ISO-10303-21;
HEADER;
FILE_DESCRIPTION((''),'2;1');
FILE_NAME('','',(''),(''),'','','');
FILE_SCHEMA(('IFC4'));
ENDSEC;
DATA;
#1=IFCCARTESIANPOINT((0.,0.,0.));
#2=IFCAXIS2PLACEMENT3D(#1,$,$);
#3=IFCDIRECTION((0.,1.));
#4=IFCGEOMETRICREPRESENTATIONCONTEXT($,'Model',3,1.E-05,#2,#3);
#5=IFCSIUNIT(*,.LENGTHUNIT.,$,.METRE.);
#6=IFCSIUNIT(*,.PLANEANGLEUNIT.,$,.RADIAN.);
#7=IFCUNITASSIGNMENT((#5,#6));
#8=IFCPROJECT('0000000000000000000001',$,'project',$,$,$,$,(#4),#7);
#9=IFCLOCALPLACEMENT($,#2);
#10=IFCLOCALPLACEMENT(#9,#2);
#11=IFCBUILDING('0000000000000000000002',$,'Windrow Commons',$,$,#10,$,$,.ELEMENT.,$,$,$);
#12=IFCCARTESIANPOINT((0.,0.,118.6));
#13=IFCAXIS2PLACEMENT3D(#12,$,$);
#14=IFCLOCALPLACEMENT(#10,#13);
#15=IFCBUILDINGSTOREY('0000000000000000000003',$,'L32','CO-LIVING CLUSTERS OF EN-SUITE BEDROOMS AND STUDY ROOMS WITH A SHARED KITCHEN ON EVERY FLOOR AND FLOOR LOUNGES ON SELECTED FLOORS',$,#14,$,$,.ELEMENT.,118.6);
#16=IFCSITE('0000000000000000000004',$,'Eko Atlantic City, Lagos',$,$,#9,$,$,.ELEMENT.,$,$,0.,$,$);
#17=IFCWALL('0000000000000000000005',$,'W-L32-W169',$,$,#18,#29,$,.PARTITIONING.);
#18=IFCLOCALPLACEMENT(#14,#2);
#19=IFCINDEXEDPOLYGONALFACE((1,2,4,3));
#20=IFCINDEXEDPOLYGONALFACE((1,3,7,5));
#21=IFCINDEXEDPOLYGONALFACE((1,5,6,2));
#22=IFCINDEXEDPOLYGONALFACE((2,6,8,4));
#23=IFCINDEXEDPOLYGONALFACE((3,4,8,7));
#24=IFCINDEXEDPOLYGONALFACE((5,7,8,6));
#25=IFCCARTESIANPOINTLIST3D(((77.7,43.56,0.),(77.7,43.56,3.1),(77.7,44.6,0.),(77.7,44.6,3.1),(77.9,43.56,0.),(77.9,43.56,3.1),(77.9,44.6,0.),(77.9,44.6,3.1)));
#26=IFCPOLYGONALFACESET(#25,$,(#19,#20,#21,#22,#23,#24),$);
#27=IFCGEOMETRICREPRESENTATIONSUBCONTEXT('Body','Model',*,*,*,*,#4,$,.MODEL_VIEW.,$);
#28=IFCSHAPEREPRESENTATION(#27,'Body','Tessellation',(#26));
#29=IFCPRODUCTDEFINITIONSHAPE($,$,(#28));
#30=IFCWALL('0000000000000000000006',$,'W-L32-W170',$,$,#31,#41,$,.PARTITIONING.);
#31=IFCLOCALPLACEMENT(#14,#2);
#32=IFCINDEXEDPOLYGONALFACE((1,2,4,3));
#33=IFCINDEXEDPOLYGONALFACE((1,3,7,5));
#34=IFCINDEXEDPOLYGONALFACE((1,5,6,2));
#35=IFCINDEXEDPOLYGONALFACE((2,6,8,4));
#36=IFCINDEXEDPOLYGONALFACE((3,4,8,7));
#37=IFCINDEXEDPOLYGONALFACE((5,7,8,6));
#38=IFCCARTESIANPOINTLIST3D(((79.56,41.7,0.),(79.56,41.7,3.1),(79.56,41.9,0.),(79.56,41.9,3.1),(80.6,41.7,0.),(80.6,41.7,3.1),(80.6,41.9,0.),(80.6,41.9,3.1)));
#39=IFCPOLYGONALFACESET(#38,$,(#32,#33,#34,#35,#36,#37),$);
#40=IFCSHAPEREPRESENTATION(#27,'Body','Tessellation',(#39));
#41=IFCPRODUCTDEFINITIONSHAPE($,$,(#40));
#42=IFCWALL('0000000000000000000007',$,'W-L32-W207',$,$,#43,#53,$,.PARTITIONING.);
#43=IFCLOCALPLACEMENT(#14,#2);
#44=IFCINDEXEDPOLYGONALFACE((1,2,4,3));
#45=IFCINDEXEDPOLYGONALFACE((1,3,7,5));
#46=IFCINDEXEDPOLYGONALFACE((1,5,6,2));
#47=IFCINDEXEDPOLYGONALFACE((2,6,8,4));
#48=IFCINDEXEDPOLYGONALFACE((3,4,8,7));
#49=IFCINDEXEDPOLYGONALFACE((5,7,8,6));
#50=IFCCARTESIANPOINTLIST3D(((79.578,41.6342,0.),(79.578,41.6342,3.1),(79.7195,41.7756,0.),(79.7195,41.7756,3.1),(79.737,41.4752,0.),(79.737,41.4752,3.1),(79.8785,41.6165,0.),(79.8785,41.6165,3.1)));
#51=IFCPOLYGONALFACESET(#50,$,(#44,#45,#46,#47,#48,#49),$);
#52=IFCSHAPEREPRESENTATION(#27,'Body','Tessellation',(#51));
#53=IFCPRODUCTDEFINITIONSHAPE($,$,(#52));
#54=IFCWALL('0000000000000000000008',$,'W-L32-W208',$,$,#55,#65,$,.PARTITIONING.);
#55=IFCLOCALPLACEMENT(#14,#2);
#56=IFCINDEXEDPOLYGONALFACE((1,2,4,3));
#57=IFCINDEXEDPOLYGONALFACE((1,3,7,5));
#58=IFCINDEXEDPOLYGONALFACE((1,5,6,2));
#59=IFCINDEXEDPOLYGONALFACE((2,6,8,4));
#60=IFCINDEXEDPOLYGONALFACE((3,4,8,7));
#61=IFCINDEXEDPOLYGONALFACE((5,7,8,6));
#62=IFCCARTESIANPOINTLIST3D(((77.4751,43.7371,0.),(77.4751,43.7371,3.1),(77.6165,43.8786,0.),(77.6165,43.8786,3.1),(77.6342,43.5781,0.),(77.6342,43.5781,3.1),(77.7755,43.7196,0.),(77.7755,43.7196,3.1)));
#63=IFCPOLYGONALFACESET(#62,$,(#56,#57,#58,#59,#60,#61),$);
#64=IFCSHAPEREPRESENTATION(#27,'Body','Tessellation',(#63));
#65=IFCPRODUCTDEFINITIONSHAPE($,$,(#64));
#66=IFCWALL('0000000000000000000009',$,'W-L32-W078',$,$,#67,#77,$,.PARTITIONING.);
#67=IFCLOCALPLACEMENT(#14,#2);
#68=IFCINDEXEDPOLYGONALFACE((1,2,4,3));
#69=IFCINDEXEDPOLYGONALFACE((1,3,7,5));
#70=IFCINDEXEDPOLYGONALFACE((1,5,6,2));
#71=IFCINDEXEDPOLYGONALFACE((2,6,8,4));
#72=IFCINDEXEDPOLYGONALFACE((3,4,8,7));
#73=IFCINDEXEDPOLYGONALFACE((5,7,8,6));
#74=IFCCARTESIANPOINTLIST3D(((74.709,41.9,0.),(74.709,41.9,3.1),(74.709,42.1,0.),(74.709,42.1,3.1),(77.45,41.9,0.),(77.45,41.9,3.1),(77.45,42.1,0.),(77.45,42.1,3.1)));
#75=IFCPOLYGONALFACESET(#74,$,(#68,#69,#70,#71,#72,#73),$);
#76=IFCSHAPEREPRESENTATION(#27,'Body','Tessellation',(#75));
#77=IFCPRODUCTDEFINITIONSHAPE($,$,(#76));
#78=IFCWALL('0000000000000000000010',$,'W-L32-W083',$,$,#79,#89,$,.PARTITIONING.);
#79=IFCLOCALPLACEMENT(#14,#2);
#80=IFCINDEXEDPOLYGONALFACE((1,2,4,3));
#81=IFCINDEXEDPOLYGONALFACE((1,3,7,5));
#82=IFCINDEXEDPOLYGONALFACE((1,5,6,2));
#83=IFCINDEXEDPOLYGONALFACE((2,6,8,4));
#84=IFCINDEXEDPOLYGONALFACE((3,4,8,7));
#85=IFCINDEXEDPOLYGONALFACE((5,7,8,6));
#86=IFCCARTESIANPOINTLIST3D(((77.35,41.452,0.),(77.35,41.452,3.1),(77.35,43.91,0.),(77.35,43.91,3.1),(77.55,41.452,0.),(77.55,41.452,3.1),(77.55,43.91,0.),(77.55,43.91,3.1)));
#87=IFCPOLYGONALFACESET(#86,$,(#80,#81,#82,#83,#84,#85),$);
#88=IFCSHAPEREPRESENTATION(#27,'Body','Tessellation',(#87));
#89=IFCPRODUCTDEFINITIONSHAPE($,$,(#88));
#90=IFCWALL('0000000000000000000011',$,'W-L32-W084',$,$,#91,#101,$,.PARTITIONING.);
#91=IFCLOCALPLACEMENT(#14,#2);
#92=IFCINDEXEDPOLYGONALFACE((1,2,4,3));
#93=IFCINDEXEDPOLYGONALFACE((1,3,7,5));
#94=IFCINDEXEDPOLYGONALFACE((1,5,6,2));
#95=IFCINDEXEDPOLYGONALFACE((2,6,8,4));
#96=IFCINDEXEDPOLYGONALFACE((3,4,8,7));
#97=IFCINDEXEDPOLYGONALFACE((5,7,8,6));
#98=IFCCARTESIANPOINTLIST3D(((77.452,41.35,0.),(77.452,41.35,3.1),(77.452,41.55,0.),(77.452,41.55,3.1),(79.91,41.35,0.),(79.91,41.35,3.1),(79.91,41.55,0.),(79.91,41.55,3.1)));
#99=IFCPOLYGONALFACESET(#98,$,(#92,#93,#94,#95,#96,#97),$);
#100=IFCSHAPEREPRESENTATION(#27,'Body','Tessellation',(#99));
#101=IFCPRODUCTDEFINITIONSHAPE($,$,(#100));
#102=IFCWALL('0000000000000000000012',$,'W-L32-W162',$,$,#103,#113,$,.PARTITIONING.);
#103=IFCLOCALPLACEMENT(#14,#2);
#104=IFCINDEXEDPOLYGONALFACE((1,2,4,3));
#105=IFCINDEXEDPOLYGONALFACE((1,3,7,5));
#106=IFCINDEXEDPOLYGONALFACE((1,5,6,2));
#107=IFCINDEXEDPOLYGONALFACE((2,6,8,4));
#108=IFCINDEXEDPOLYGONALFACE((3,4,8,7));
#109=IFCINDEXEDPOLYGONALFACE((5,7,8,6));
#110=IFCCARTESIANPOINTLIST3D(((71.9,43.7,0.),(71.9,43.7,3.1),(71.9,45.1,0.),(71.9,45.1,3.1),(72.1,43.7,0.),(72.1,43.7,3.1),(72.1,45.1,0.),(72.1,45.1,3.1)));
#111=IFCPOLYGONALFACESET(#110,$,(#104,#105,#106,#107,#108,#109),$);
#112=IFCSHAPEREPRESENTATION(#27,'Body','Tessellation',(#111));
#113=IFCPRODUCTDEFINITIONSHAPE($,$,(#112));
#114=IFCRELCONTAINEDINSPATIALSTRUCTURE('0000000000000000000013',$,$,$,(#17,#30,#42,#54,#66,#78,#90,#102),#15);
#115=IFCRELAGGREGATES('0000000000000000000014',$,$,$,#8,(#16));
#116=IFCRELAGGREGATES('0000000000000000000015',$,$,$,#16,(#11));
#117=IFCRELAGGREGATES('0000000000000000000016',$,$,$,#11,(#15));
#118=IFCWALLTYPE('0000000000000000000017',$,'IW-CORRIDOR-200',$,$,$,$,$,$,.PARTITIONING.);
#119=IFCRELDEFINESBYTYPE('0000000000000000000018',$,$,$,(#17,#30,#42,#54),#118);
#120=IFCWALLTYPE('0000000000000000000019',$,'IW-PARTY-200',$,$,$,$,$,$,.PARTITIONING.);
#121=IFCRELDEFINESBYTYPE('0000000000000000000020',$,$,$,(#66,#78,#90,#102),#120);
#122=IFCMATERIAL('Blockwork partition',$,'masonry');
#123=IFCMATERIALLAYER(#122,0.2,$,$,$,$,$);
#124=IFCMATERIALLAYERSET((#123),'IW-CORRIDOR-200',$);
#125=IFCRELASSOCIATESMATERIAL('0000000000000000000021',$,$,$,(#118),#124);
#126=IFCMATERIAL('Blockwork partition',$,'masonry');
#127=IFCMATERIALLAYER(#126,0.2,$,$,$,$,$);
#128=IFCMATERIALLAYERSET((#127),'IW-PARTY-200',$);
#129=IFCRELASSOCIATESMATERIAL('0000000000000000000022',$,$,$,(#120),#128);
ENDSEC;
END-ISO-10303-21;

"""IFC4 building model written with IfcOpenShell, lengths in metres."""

from ifc_helpers import new_model, si_unit, direction, frame, frame_2d, origin, place, context, subcontext, project, spatial, rectangle, extrude, material, layer, layer_set, type_object, element, save


model = new_model("IFC4")

# Units and contexts
model_context = context("Model", 3, precision=1e-05, world=origin(), true_north=direction((0.0, 1.0)))
body_context = subcontext(model_context, "Body", "Model", "MODEL_VIEW")
ifc_project = project(units=[si_unit("LENGTHUNIT", "METRE"), si_unit("PLANEANGLEUNIT", "RADIAN")], contexts=[model_context])

# Site, building, storey
site_placement = place(None, origin())
site = spatial("IfcSite", under=ifc_project, at=site_placement, Name="Eko Atlantic City, Lagos", CompositionType="ELEMENT", RefElevation=0.0)
building_placement = place(site_placement, origin())
building = spatial("IfcBuilding", under=site, at=building_placement, Name="Windrow Commons", CompositionType="ELEMENT")
storey_placement = place(building_placement, frame((0.0, 0.0, 118.6)))
storey = spatial("IfcBuildingStorey", under=building, at=storey_placement, Name="L32", Description="CO-LIVING CLUSTERS OF EN-SUITE BEDROOMS AND STUDY ROOMS WITH A SHARED KITCHEN ON EVERY FLOOR AND FLOOR LOUNGES ON SELECTED FLOORS", CompositionType="ELEMENT", Elevation=118.6)

# Walls
ifc_material_1 = material(Name="Blockwork partition", Category="masonry")
ifc_layer_1 = layer(ifc_material_1, 0.2)
ifc_layer_set_1 = layer_set([ifc_layer_1], Name="IW-CORRIDOR-200")
wall_type_1 = type_object("IfcWallType", Name="IW-CORRIDOR-200", PredefinedType="PARTITIONING", material=ifc_layer_set_1)
for number, where, z_axis, x_axis, name in (
    (1, (77.8, 43.56, 0.0), (0.0, 0.0, 1.0), (0.0, 1.0, 0.0), "W-L32-W169"),
    (2, (79.56, 41.8, 0.0), (0.0, 0.0, 1.0), (1.0, 0.0, 0.0), "W-L32-W170"),
):
    element("IfcWall", number, at=place(storey_placement, frame(where, z_axis=z_axis, x_axis=x_axis)), inside=storey, type_object=wall_type_1, Name=name, PredefinedType="PARTITIONING", context=body_context, shape_type="SweptSolid", body=[
        extrude(rectangle(XDim=1.04, YDim=0.2, at=frame_2d((0.52, 0.0))), origin(), (0.0, 0.0, 1.0), 3.1),
    ])
for number, where, z_axis, x_axis, name in (
    (3, (79.6488, 41.7049, 0.0), (0.0, 0.0, 1.0), (0.706884, -0.707329, 0.0), "W-L32-W207"),
    (4, (77.5458, 43.8078, 0.0), (0.0, 0.0, 1.0), (0.707329, -0.706884, 0.0), "W-L32-W208"),
):
    element("IfcWall", number, at=place(storey_placement, frame(where, z_axis=z_axis, x_axis=x_axis)), inside=storey, type_object=wall_type_1, Name=name, PredefinedType="PARTITIONING", context=body_context, shape_type="SweptSolid", body=[
        extrude(rectangle(XDim=0.2249, YDim=0.2, at=frame_2d((0.1124, 0.0))), origin(), (0.0, 0.0, 1.0), 3.1),
    ])
ifc_material_2 = material(Name="Blockwork partition", Category="masonry")
ifc_layer_2 = layer(ifc_material_2, 0.2)
ifc_layer_set_2 = layer_set([ifc_layer_2], Name="IW-PARTY-200")
wall_type_2 = type_object("IfcWallType", Name="IW-PARTY-200", PredefinedType="PARTITIONING", material=ifc_layer_set_2)
wall_1_placement = place(storey_placement, frame((74.7091, 42.0, 0.0), z_axis=(0.0, 0.0, 1.0), x_axis=(1.0, 0.0, 0.0)))
element("IfcWall", 5, at=wall_1_placement, inside=storey, type_object=wall_type_2, Name="W-L32-W078", PredefinedType="PARTITIONING", context=body_context, shape_type="SweptSolid", body=[
    extrude(rectangle(XDim=2.7409, YDim=0.2, at=frame_2d((1.3704, 0.0))), origin(), (0.0, 0.0, 1.0), 3.1),
])
for number, where, z_axis, x_axis, name in (
    (6, (77.45, 41.452, 0.0), (0.0, 0.0, 1.0), (0.0, 1.0, 0.0), "W-L32-W083"),
    (7, (77.452, 41.45, 0.0), (0.0, 0.0, 1.0), (1.0, 0.0, 0.0), "W-L32-W084"),
):
    element("IfcWall", number, at=place(storey_placement, frame(where, z_axis=z_axis, x_axis=x_axis)), inside=storey, type_object=wall_type_2, Name=name, PredefinedType="PARTITIONING", context=body_context, shape_type="SweptSolid", body=[
        extrude(rectangle(XDim=2.458, YDim=0.2, at=frame_2d((1.229, 0.0))), origin(), (0.0, 0.0, 1.0), 3.1),
    ])
wall_2_placement = place(storey_placement, frame((72.0, 43.7, 0.0), z_axis=(0.0, 0.0, 1.0), x_axis=(0.0, 1.0, 0.0)))
element("IfcWall", 8, at=wall_2_placement, inside=storey, type_object=wall_type_2, Name="W-L32-W162", PredefinedType="PARTITIONING", context=body_context, shape_type="SweptSolid", body=[
    extrude(rectangle(XDim=1.4, YDim=0.2, at=frame_2d((0.7, 0.0))), origin(), (0.0, 0.0, 1.0), 3.1),
])

save(model, "model.ifc")
